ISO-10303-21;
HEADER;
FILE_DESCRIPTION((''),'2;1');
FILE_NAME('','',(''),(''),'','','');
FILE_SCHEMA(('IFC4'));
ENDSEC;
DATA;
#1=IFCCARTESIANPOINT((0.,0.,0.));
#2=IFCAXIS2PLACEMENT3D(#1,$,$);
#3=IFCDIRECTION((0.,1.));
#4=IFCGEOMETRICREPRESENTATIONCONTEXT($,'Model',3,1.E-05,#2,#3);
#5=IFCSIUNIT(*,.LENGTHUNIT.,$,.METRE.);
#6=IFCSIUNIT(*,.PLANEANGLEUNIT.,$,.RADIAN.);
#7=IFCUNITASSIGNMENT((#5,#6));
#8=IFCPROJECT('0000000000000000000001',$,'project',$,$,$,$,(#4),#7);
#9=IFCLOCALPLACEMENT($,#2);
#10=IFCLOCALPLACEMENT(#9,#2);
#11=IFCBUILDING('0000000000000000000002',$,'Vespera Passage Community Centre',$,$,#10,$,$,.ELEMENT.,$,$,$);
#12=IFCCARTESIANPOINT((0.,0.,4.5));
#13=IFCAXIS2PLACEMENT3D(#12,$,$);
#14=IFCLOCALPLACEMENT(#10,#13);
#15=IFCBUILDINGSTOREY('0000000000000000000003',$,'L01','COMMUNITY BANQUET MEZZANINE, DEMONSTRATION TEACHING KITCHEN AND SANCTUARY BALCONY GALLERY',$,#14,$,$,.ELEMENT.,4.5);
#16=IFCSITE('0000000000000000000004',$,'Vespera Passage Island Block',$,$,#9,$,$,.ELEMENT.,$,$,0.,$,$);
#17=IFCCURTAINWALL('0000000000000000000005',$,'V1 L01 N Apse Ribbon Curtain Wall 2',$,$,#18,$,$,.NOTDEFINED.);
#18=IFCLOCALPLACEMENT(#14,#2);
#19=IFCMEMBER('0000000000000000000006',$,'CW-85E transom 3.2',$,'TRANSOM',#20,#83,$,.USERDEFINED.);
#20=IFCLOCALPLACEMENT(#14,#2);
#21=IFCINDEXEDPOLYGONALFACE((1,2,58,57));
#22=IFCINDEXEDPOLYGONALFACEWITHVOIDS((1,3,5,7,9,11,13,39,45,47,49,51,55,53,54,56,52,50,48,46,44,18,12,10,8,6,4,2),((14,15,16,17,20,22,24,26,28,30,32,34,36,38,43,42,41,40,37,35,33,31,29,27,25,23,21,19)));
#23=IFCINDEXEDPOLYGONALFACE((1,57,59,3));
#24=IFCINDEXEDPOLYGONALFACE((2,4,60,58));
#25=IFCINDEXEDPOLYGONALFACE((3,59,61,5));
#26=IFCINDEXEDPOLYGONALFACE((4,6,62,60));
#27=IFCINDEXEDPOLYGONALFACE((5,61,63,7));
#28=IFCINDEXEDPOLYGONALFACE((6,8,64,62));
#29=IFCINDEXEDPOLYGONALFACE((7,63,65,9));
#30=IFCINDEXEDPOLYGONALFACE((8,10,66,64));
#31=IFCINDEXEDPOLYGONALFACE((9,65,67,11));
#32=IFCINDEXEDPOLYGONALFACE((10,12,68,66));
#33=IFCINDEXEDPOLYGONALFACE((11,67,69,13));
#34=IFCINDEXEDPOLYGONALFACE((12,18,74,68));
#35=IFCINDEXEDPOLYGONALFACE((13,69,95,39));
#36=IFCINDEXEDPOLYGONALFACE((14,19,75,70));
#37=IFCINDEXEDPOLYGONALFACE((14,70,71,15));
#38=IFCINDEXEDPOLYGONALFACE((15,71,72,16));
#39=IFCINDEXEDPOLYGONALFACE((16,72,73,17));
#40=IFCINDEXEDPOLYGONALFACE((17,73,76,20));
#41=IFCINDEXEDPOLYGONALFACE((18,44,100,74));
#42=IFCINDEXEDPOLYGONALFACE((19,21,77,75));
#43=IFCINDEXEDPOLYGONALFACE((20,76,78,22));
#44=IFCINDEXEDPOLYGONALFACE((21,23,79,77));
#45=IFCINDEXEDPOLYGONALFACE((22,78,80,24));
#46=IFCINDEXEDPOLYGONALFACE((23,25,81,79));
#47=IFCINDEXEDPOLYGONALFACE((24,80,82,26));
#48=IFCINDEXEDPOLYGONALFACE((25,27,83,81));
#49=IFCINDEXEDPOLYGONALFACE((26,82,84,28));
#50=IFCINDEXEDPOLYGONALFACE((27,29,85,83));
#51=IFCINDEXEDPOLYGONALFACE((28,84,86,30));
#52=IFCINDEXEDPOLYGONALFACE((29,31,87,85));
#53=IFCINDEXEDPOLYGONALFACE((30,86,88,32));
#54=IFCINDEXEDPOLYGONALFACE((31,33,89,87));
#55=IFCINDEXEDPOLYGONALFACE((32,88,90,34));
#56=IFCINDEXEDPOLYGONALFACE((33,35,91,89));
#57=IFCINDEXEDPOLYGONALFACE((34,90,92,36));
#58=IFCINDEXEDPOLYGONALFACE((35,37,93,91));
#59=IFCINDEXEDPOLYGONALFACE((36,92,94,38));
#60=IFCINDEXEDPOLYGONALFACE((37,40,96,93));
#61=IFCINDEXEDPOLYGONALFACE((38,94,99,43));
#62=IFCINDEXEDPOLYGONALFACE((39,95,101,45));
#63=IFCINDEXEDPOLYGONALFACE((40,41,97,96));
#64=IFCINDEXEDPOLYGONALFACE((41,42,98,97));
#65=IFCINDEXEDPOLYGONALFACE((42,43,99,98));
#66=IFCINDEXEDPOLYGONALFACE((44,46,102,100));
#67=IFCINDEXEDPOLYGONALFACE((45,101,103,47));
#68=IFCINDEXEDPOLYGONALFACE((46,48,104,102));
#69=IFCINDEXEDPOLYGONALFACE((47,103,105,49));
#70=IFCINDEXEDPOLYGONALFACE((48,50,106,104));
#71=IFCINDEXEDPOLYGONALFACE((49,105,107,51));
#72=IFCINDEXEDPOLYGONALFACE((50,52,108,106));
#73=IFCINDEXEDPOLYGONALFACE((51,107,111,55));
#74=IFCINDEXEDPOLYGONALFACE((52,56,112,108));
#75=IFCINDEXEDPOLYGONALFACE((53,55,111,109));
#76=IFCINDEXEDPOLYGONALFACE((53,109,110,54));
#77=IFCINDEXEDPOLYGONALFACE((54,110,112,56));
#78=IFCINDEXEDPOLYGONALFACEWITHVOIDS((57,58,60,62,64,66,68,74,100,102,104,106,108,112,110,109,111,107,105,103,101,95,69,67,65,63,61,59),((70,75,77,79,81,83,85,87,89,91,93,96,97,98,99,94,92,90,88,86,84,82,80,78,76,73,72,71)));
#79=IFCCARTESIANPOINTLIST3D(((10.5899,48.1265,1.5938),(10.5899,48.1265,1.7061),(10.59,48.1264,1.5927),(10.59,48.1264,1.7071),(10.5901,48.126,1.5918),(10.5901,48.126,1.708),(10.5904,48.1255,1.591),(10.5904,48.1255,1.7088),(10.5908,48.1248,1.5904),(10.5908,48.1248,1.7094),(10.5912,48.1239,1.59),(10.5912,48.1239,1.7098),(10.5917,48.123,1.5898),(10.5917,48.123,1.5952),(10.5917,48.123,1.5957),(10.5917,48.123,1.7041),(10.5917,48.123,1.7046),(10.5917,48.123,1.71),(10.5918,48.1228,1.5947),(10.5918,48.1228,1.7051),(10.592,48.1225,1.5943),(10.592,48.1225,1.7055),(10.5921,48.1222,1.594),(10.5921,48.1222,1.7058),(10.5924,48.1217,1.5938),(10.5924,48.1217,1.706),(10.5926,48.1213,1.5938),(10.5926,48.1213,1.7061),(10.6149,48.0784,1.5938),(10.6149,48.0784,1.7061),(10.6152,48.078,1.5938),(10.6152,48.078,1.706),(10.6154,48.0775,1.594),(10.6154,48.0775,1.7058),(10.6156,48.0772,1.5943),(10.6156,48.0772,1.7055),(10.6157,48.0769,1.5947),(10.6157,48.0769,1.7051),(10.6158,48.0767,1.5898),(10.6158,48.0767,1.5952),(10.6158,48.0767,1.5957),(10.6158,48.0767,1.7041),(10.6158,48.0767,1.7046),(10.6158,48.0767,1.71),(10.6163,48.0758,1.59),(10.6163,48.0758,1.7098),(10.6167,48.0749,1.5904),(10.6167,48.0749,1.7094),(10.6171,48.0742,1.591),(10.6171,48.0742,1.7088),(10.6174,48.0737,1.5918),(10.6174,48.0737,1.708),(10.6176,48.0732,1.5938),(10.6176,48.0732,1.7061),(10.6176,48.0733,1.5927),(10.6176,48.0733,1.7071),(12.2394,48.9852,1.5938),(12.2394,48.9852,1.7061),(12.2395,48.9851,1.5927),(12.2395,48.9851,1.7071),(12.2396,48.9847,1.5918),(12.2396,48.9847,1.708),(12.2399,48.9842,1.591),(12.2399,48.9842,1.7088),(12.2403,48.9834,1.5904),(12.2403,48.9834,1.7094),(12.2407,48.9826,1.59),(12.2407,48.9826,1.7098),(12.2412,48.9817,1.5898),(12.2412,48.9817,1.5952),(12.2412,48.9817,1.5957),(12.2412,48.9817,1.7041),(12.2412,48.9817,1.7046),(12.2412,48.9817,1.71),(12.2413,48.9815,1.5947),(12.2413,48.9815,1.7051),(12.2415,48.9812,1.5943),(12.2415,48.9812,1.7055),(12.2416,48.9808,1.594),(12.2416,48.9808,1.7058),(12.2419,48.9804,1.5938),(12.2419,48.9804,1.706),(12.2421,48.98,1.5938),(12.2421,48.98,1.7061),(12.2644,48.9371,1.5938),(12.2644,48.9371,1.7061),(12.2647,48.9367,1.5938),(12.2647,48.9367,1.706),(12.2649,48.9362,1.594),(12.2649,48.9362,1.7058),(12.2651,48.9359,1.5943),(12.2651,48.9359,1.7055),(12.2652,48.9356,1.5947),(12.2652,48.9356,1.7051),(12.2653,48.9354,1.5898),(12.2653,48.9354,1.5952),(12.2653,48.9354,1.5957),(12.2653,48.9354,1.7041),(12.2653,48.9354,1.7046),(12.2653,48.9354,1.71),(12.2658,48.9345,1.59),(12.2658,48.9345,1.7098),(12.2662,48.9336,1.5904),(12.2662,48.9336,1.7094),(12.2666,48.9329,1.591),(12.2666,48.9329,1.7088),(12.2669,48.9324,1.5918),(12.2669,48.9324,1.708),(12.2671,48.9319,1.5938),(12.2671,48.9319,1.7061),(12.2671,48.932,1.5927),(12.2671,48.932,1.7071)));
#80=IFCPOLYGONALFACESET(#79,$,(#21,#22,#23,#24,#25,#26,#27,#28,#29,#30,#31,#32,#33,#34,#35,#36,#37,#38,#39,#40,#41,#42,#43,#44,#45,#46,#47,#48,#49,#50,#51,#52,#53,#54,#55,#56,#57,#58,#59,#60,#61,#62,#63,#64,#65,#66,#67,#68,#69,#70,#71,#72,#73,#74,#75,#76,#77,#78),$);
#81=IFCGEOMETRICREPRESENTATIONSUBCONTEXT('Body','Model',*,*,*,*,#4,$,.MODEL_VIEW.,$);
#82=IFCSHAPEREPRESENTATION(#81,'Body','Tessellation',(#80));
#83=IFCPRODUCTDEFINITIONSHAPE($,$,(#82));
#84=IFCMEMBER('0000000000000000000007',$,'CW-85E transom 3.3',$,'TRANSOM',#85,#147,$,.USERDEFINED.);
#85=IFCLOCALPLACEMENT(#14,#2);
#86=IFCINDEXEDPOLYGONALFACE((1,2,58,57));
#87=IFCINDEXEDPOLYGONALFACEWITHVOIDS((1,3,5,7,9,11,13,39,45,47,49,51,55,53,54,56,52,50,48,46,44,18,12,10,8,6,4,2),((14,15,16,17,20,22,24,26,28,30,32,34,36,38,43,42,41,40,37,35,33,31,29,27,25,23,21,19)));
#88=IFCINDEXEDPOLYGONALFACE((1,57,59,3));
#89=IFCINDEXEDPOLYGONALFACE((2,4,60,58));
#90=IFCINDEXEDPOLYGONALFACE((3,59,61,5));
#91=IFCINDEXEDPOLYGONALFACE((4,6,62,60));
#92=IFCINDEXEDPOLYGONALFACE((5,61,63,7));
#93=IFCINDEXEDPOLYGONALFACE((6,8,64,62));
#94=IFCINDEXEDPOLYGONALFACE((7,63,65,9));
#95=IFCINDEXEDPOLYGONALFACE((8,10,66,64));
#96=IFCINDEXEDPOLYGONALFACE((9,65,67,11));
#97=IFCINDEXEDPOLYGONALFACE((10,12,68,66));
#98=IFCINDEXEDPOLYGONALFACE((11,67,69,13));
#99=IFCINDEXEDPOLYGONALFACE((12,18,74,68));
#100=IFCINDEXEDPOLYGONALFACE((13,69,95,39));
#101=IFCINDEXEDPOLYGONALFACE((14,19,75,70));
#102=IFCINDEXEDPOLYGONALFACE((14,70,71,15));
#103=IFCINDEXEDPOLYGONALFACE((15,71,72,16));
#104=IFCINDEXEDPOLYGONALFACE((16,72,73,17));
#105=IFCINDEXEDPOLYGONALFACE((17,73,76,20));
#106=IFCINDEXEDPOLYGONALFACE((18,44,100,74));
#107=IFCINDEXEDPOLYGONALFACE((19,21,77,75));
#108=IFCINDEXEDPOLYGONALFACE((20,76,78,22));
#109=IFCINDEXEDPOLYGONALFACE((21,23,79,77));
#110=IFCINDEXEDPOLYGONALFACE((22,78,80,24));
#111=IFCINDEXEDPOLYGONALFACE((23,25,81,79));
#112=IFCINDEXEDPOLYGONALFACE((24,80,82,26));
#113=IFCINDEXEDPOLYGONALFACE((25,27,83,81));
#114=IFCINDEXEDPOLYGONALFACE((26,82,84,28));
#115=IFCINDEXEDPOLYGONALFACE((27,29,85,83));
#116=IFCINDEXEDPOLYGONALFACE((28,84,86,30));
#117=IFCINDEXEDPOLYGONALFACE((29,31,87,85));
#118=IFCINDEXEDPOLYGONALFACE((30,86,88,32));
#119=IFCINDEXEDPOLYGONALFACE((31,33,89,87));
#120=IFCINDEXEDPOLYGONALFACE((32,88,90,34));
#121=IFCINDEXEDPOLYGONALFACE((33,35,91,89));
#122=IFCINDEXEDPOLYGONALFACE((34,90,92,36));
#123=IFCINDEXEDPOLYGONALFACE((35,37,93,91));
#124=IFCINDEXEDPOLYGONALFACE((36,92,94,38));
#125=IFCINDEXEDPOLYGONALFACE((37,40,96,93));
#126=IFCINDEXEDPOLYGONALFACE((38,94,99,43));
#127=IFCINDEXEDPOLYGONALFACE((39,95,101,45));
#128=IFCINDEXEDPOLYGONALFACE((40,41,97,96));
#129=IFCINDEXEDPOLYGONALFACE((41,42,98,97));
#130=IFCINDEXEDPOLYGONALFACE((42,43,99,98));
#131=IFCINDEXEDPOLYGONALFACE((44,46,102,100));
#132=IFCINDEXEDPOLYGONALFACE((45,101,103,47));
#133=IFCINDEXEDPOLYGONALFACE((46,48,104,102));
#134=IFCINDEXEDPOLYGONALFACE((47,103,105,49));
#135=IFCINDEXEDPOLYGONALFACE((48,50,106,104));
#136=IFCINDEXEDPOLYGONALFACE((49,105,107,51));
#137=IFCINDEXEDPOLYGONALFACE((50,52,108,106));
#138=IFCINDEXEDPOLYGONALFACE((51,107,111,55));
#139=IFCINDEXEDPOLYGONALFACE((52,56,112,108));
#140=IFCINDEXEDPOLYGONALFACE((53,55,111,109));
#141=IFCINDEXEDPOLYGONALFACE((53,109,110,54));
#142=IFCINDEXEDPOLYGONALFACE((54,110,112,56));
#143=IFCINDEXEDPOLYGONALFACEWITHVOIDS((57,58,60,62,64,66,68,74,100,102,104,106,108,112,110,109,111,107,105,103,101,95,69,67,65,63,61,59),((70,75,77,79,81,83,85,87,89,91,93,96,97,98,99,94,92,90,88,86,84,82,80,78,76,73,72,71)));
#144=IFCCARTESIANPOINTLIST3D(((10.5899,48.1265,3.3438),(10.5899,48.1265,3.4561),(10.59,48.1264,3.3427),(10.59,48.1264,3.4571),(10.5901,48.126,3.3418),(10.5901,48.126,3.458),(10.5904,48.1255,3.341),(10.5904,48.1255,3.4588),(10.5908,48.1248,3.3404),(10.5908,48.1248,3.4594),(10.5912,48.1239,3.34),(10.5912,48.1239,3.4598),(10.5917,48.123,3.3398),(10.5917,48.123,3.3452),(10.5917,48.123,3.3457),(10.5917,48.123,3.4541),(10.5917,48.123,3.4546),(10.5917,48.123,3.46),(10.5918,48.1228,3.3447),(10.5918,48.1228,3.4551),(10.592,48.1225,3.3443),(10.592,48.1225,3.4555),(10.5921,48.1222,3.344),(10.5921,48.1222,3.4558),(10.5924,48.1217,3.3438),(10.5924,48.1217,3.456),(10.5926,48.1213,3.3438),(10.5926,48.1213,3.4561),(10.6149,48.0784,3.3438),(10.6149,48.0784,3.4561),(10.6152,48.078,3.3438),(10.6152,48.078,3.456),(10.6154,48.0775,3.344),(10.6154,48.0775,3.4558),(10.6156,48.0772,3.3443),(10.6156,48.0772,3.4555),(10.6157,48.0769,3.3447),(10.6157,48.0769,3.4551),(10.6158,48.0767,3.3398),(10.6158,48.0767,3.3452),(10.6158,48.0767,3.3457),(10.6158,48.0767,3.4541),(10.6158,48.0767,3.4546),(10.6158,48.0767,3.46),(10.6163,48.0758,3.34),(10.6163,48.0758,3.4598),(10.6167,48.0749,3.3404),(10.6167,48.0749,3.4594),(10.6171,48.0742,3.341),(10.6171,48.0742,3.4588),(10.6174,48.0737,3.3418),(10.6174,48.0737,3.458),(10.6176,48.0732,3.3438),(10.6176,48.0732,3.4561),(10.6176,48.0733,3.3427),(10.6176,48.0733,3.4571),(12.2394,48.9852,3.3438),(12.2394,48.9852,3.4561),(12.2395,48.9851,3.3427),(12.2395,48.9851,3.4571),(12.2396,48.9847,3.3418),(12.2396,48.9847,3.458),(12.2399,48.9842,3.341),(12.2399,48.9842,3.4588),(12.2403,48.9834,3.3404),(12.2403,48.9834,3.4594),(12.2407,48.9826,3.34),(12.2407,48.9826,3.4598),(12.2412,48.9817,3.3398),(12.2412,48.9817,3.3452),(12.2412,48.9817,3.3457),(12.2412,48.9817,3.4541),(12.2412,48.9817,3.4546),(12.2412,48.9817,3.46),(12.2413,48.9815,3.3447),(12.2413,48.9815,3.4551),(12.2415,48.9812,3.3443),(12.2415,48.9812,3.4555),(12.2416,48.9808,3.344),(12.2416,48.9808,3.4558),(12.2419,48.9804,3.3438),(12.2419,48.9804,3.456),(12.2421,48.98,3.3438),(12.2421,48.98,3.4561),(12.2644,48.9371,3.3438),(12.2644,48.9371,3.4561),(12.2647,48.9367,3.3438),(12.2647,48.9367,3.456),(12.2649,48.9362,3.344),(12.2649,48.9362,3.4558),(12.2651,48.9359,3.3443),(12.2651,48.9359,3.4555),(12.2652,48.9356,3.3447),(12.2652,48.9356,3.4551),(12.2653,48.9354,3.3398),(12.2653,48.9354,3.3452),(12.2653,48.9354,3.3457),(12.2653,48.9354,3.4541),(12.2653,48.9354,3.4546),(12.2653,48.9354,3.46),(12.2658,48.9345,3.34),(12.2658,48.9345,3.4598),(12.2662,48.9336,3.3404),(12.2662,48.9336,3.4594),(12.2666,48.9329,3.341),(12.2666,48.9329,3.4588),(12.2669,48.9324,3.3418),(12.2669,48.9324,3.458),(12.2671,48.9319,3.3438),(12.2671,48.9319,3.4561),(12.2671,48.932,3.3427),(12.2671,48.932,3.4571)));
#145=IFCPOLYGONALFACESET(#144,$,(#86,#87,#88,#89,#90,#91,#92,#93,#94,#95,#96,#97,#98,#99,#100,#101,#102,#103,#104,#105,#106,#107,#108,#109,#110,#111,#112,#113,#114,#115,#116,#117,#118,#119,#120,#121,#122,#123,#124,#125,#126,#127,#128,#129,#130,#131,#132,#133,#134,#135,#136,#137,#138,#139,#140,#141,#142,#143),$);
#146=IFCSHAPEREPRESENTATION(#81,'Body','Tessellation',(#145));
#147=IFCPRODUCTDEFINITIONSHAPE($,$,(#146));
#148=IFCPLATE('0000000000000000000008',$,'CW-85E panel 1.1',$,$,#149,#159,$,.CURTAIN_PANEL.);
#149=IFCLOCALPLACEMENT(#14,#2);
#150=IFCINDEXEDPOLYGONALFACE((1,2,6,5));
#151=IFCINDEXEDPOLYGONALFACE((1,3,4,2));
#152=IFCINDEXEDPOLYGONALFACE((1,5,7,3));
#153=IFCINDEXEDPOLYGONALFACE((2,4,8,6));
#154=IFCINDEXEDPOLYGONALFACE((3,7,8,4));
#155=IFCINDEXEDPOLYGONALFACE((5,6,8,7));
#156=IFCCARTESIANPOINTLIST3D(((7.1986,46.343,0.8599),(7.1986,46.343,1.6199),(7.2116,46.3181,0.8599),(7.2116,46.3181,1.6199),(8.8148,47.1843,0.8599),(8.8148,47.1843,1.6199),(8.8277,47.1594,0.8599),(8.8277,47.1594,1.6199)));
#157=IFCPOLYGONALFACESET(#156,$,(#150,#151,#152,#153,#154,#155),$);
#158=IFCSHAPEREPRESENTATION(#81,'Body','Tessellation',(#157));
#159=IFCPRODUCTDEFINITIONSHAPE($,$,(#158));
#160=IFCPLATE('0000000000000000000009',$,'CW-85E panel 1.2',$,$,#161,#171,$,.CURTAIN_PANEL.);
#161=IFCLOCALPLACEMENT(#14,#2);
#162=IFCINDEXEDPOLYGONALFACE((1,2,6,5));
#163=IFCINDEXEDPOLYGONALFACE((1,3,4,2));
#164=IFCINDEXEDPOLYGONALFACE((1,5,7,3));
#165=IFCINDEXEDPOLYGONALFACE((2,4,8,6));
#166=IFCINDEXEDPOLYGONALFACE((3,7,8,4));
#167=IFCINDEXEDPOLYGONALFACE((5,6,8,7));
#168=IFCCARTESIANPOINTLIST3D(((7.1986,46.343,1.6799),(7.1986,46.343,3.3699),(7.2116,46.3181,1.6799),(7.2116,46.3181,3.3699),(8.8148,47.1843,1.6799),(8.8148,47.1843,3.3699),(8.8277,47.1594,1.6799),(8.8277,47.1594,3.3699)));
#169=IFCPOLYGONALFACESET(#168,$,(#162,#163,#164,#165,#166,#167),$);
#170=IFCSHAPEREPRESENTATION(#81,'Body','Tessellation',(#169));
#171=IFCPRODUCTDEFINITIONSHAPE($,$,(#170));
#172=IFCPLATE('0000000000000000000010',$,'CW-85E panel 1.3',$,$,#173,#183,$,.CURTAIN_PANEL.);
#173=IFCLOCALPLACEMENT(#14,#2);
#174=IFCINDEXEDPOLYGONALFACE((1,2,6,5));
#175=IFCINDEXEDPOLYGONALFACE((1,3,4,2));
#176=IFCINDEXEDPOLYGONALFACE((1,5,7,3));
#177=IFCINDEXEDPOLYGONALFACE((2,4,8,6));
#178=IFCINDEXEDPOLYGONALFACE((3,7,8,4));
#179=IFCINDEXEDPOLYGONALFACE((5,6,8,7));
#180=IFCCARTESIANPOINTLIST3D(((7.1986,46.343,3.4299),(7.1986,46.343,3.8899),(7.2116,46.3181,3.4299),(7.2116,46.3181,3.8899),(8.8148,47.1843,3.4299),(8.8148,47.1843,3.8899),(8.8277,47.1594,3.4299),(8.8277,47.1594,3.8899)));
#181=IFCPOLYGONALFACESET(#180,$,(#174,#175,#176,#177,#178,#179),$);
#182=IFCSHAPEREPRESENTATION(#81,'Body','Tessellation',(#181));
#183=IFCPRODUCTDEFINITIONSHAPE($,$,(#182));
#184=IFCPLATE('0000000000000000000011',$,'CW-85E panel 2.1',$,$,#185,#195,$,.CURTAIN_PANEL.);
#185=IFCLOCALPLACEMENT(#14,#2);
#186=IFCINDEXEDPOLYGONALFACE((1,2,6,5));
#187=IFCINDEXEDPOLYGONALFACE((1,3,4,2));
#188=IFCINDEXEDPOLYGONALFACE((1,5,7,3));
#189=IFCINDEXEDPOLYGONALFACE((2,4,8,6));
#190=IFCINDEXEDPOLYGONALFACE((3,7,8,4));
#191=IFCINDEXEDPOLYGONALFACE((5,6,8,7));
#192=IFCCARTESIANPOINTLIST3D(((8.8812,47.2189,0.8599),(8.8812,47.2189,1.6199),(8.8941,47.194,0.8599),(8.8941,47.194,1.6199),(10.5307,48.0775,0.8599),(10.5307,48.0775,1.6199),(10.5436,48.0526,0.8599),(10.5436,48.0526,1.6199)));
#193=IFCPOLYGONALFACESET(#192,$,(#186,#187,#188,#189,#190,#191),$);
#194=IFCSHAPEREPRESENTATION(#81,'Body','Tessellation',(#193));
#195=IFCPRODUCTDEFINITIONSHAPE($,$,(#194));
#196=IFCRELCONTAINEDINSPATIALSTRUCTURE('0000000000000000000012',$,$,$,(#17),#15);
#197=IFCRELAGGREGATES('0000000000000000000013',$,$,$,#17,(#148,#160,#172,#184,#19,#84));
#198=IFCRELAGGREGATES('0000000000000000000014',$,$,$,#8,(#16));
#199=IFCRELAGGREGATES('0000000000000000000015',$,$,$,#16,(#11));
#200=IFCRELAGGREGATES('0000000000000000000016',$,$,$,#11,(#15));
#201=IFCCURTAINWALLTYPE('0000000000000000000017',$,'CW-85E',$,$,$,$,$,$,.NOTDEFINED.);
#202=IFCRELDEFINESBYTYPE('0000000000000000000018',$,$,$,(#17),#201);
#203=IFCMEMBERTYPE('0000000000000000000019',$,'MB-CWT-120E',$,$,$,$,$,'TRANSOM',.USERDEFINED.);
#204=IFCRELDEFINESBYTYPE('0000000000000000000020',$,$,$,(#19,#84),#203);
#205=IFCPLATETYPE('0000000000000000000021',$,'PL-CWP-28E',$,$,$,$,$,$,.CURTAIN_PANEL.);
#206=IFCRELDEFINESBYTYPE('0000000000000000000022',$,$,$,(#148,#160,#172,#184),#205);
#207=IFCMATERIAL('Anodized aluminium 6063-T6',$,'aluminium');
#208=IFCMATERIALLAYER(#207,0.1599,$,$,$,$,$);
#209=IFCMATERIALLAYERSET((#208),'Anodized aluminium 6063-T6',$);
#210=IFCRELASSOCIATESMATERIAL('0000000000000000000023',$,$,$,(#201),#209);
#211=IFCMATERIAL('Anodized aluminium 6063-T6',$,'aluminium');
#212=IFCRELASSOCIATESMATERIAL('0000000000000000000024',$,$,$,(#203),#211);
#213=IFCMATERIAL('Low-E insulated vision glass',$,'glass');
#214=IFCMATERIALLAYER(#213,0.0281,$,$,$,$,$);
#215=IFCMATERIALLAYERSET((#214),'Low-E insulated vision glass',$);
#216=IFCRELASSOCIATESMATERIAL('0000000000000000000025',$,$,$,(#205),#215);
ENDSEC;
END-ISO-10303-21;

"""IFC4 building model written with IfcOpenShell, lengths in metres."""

from ifc_helpers import new_model, si_unit, direction, frame, origin, origin_2d, place, context, subcontext, project, spatial, rectangle, hollow_rectangle, extrude, material, layer, layer_set, material_profile, profile_set, type_object, element, aggregate, save


model = new_model("IFC4")

# Units and contexts
model_context = context("Model", 3, precision=1e-05, world=origin(), true_north=direction((0.0, 1.0)))
body_context = subcontext(model_context, "Body", "Model", "MODEL_VIEW")
ifc_project = project(units=[si_unit("LENGTHUNIT", "METRE"), si_unit("PLANEANGLEUNIT", "RADIAN")], contexts=[model_context])

# Site, building, storey
site_placement = place(None, origin())
site = spatial("IfcSite", under=ifc_project, at=site_placement, Name="Vespera Passage Island Block", CompositionType="ELEMENT", RefElevation=0.0)
building_placement = place(site_placement, origin())
building = spatial("IfcBuilding", under=site, at=building_placement, Name="Vespera Passage Community Centre", CompositionType="ELEMENT")
storey_placement = place(building_placement, frame((0.0, 0.0, 4.5)))
storey = spatial("IfcBuildingStorey", under=building, at=storey_placement, Name="L01", Description="COMMUNITY BANQUET MEZZANINE, DEMONSTRATION TEACHING KITCHEN AND SANCTUARY BALCONY GALLERY", CompositionType="ELEMENT", Elevation=4.5)

# Curtain wall, members, plates
ifc_material_1 = material(Name="Anodized aluminium 6063-T6", Category="aluminium")
ifc_layer_1 = layer(ifc_material_1, 0.1599)
ifc_layer_set_1 = layer_set([ifc_layer_1], Name="Anodized aluminium 6063-T6")
curtain_wall_type = type_object("IfcCurtainWallType", Name="CW-85E", PredefinedType="NOTDEFINED", material=ifc_layer_set_1)
curtain_wall_placement = place(storey_placement, origin())
curtain_wall = element("IfcCurtainWall", 1, at=curtain_wall_placement, inside=storey, type_object=curtain_wall_type, Name="V1 L01 N Apse Ribbon Curtain Wall 2", PredefinedType="NOTDEFINED")
ifc_material_2 = material(Name="Anodized aluminium 6063-T6", Category="aluminium")
ifc_material_profile_1 = material_profile(ifc_material_2, hollow_rectangle(XDim=0.0601, YDim=0.1201, WallThickness=0.0039, InnerFilletRadius=0.002, OuterFilletRadius=0.0039, at=origin_2d()), Name="ALU120X60X4")
ifc_profile_set_1 = profile_set([ifc_material_profile_1], Name="Anodized aluminium 6063-T6")
member_type_1 = type_object("IfcMemberType", Name="MB-CWT-120E", ElementType="TRANSOM", PredefinedType="USERDEFINED", material=ifc_profile_set_1)
member_1_placement = place(storey_placement, frame((10.6038, 48.0999, 1.6499), z_axis=(0.887008, 0.461754, 0.0), x_axis=(-0.461754, 0.887008, 0.0)))
member_1 = element("IfcMember", 2, at=member_1_placement, type_object=member_type_1, Name="CW-85E transom 3.2", ObjectType="TRANSOM", PredefinedType="USERDEFINED", context=body_context, shape_type="SweptSolid", body=[
    extrude(hollow_rectangle(XDim=0.0601, YDim=0.1201, WallThickness=0.0039, InnerFilletRadius=0.002, OuterFilletRadius=0.0039, at=origin_2d()), origin(), (0.0, 0.0, 1.0), 1.8596),
])
member_2_placement = place(storey_placement, frame((10.6038, 48.0999, 3.3999), z_axis=(0.887008, 0.461754, 0.0), x_axis=(-0.461754, 0.887008, 0.0)))
member_2 = element("IfcMember", 3, at=member_2_placement, type_object=member_type_1, Name="CW-85E transom 3.3", ObjectType="TRANSOM", PredefinedType="USERDEFINED", context=body_context, shape_type="SweptSolid", body=[
    extrude(hollow_rectangle(XDim=0.0601, YDim=0.1201, WallThickness=0.0039, InnerFilletRadius=0.002, OuterFilletRadius=0.0039, at=origin_2d()), origin(), (0.0, 0.0, 1.0), 1.8596),
])
ifc_material_3 = material(Name="Low-E insulated vision glass", Category="glass")
ifc_layer_2 = layer(ifc_material_3, 0.0281)
ifc_layer_set_2 = layer_set([ifc_layer_2], Name="Low-E insulated vision glass")
plate_type = type_object("IfcPlateType", Name="PL-CWP-28E", PredefinedType="CURTAIN_PANEL", material=ifc_layer_set_2)
plate_1_placement = place(storey_placement, frame((8.0132, 46.7512, 0.8599), z_axis=(0.0, 0.0, 1.0), x_axis=(0.887013, 0.461745, 0.0)))
plate_1 = element("IfcPlate", 4, at=plate_1_placement, type_object=plate_type, Name="CW-85E panel 1.1", PredefinedType="CURTAIN_PANEL", context=body_context, shape_type="SweptSolid", body=[
    extrude(rectangle(XDim=1.822, YDim=0.0281, at=origin_2d()), origin(), (0.0, 0.0, 1.0), 0.76),
])
plate_2_placement = place(storey_placement, frame((8.0132, 46.7512, 1.6799), z_axis=(0.0, 0.0, 1.0), x_axis=(0.887013, 0.461745, 0.0)))
plate_2 = element("IfcPlate", 5, at=plate_2_placement, type_object=plate_type, Name="CW-85E panel 1.2", PredefinedType="CURTAIN_PANEL", context=body_context, shape_type="SweptSolid", body=[
    extrude(rectangle(XDim=1.822, YDim=0.0281, at=origin_2d()), origin(), (0.0, 0.0, 1.0), 1.6899),
])
plate_3_placement = place(storey_placement, frame((8.0132, 46.7512, 3.4299), z_axis=(0.0, 0.0, 1.0), x_axis=(0.887013, 0.461745, 0.0)))
plate_3 = element("IfcPlate", 6, at=plate_3_placement, type_object=plate_type, Name="CW-85E panel 1.3", PredefinedType="CURTAIN_PANEL", context=body_context, shape_type="SweptSolid", body=[
    extrude(rectangle(XDim=1.822, YDim=0.0281, at=origin_2d()), origin(), (0.0, 0.0, 1.0), 0.46),
])
plate_4_placement = place(storey_placement, frame((9.7124, 47.6357, 0.8599), z_axis=(0.0, 0.0, 1.0), x_axis=(0.887013, 0.461745, 0.0)))
plate_4 = element("IfcPlate", 7, at=plate_4_placement, type_object=plate_type, Name="CW-85E panel 2.1", PredefinedType="CURTAIN_PANEL", context=body_context, shape_type="SweptSolid", body=[
    extrude(rectangle(XDim=1.8596, YDim=0.0281, at=origin_2d()), origin(), (0.0, 0.0, 1.0), 0.76),
])
aggregate(curtain_wall, [plate_1, plate_2, plate_3, plate_4, member_1, member_2])

save(model, "model.ifc")
